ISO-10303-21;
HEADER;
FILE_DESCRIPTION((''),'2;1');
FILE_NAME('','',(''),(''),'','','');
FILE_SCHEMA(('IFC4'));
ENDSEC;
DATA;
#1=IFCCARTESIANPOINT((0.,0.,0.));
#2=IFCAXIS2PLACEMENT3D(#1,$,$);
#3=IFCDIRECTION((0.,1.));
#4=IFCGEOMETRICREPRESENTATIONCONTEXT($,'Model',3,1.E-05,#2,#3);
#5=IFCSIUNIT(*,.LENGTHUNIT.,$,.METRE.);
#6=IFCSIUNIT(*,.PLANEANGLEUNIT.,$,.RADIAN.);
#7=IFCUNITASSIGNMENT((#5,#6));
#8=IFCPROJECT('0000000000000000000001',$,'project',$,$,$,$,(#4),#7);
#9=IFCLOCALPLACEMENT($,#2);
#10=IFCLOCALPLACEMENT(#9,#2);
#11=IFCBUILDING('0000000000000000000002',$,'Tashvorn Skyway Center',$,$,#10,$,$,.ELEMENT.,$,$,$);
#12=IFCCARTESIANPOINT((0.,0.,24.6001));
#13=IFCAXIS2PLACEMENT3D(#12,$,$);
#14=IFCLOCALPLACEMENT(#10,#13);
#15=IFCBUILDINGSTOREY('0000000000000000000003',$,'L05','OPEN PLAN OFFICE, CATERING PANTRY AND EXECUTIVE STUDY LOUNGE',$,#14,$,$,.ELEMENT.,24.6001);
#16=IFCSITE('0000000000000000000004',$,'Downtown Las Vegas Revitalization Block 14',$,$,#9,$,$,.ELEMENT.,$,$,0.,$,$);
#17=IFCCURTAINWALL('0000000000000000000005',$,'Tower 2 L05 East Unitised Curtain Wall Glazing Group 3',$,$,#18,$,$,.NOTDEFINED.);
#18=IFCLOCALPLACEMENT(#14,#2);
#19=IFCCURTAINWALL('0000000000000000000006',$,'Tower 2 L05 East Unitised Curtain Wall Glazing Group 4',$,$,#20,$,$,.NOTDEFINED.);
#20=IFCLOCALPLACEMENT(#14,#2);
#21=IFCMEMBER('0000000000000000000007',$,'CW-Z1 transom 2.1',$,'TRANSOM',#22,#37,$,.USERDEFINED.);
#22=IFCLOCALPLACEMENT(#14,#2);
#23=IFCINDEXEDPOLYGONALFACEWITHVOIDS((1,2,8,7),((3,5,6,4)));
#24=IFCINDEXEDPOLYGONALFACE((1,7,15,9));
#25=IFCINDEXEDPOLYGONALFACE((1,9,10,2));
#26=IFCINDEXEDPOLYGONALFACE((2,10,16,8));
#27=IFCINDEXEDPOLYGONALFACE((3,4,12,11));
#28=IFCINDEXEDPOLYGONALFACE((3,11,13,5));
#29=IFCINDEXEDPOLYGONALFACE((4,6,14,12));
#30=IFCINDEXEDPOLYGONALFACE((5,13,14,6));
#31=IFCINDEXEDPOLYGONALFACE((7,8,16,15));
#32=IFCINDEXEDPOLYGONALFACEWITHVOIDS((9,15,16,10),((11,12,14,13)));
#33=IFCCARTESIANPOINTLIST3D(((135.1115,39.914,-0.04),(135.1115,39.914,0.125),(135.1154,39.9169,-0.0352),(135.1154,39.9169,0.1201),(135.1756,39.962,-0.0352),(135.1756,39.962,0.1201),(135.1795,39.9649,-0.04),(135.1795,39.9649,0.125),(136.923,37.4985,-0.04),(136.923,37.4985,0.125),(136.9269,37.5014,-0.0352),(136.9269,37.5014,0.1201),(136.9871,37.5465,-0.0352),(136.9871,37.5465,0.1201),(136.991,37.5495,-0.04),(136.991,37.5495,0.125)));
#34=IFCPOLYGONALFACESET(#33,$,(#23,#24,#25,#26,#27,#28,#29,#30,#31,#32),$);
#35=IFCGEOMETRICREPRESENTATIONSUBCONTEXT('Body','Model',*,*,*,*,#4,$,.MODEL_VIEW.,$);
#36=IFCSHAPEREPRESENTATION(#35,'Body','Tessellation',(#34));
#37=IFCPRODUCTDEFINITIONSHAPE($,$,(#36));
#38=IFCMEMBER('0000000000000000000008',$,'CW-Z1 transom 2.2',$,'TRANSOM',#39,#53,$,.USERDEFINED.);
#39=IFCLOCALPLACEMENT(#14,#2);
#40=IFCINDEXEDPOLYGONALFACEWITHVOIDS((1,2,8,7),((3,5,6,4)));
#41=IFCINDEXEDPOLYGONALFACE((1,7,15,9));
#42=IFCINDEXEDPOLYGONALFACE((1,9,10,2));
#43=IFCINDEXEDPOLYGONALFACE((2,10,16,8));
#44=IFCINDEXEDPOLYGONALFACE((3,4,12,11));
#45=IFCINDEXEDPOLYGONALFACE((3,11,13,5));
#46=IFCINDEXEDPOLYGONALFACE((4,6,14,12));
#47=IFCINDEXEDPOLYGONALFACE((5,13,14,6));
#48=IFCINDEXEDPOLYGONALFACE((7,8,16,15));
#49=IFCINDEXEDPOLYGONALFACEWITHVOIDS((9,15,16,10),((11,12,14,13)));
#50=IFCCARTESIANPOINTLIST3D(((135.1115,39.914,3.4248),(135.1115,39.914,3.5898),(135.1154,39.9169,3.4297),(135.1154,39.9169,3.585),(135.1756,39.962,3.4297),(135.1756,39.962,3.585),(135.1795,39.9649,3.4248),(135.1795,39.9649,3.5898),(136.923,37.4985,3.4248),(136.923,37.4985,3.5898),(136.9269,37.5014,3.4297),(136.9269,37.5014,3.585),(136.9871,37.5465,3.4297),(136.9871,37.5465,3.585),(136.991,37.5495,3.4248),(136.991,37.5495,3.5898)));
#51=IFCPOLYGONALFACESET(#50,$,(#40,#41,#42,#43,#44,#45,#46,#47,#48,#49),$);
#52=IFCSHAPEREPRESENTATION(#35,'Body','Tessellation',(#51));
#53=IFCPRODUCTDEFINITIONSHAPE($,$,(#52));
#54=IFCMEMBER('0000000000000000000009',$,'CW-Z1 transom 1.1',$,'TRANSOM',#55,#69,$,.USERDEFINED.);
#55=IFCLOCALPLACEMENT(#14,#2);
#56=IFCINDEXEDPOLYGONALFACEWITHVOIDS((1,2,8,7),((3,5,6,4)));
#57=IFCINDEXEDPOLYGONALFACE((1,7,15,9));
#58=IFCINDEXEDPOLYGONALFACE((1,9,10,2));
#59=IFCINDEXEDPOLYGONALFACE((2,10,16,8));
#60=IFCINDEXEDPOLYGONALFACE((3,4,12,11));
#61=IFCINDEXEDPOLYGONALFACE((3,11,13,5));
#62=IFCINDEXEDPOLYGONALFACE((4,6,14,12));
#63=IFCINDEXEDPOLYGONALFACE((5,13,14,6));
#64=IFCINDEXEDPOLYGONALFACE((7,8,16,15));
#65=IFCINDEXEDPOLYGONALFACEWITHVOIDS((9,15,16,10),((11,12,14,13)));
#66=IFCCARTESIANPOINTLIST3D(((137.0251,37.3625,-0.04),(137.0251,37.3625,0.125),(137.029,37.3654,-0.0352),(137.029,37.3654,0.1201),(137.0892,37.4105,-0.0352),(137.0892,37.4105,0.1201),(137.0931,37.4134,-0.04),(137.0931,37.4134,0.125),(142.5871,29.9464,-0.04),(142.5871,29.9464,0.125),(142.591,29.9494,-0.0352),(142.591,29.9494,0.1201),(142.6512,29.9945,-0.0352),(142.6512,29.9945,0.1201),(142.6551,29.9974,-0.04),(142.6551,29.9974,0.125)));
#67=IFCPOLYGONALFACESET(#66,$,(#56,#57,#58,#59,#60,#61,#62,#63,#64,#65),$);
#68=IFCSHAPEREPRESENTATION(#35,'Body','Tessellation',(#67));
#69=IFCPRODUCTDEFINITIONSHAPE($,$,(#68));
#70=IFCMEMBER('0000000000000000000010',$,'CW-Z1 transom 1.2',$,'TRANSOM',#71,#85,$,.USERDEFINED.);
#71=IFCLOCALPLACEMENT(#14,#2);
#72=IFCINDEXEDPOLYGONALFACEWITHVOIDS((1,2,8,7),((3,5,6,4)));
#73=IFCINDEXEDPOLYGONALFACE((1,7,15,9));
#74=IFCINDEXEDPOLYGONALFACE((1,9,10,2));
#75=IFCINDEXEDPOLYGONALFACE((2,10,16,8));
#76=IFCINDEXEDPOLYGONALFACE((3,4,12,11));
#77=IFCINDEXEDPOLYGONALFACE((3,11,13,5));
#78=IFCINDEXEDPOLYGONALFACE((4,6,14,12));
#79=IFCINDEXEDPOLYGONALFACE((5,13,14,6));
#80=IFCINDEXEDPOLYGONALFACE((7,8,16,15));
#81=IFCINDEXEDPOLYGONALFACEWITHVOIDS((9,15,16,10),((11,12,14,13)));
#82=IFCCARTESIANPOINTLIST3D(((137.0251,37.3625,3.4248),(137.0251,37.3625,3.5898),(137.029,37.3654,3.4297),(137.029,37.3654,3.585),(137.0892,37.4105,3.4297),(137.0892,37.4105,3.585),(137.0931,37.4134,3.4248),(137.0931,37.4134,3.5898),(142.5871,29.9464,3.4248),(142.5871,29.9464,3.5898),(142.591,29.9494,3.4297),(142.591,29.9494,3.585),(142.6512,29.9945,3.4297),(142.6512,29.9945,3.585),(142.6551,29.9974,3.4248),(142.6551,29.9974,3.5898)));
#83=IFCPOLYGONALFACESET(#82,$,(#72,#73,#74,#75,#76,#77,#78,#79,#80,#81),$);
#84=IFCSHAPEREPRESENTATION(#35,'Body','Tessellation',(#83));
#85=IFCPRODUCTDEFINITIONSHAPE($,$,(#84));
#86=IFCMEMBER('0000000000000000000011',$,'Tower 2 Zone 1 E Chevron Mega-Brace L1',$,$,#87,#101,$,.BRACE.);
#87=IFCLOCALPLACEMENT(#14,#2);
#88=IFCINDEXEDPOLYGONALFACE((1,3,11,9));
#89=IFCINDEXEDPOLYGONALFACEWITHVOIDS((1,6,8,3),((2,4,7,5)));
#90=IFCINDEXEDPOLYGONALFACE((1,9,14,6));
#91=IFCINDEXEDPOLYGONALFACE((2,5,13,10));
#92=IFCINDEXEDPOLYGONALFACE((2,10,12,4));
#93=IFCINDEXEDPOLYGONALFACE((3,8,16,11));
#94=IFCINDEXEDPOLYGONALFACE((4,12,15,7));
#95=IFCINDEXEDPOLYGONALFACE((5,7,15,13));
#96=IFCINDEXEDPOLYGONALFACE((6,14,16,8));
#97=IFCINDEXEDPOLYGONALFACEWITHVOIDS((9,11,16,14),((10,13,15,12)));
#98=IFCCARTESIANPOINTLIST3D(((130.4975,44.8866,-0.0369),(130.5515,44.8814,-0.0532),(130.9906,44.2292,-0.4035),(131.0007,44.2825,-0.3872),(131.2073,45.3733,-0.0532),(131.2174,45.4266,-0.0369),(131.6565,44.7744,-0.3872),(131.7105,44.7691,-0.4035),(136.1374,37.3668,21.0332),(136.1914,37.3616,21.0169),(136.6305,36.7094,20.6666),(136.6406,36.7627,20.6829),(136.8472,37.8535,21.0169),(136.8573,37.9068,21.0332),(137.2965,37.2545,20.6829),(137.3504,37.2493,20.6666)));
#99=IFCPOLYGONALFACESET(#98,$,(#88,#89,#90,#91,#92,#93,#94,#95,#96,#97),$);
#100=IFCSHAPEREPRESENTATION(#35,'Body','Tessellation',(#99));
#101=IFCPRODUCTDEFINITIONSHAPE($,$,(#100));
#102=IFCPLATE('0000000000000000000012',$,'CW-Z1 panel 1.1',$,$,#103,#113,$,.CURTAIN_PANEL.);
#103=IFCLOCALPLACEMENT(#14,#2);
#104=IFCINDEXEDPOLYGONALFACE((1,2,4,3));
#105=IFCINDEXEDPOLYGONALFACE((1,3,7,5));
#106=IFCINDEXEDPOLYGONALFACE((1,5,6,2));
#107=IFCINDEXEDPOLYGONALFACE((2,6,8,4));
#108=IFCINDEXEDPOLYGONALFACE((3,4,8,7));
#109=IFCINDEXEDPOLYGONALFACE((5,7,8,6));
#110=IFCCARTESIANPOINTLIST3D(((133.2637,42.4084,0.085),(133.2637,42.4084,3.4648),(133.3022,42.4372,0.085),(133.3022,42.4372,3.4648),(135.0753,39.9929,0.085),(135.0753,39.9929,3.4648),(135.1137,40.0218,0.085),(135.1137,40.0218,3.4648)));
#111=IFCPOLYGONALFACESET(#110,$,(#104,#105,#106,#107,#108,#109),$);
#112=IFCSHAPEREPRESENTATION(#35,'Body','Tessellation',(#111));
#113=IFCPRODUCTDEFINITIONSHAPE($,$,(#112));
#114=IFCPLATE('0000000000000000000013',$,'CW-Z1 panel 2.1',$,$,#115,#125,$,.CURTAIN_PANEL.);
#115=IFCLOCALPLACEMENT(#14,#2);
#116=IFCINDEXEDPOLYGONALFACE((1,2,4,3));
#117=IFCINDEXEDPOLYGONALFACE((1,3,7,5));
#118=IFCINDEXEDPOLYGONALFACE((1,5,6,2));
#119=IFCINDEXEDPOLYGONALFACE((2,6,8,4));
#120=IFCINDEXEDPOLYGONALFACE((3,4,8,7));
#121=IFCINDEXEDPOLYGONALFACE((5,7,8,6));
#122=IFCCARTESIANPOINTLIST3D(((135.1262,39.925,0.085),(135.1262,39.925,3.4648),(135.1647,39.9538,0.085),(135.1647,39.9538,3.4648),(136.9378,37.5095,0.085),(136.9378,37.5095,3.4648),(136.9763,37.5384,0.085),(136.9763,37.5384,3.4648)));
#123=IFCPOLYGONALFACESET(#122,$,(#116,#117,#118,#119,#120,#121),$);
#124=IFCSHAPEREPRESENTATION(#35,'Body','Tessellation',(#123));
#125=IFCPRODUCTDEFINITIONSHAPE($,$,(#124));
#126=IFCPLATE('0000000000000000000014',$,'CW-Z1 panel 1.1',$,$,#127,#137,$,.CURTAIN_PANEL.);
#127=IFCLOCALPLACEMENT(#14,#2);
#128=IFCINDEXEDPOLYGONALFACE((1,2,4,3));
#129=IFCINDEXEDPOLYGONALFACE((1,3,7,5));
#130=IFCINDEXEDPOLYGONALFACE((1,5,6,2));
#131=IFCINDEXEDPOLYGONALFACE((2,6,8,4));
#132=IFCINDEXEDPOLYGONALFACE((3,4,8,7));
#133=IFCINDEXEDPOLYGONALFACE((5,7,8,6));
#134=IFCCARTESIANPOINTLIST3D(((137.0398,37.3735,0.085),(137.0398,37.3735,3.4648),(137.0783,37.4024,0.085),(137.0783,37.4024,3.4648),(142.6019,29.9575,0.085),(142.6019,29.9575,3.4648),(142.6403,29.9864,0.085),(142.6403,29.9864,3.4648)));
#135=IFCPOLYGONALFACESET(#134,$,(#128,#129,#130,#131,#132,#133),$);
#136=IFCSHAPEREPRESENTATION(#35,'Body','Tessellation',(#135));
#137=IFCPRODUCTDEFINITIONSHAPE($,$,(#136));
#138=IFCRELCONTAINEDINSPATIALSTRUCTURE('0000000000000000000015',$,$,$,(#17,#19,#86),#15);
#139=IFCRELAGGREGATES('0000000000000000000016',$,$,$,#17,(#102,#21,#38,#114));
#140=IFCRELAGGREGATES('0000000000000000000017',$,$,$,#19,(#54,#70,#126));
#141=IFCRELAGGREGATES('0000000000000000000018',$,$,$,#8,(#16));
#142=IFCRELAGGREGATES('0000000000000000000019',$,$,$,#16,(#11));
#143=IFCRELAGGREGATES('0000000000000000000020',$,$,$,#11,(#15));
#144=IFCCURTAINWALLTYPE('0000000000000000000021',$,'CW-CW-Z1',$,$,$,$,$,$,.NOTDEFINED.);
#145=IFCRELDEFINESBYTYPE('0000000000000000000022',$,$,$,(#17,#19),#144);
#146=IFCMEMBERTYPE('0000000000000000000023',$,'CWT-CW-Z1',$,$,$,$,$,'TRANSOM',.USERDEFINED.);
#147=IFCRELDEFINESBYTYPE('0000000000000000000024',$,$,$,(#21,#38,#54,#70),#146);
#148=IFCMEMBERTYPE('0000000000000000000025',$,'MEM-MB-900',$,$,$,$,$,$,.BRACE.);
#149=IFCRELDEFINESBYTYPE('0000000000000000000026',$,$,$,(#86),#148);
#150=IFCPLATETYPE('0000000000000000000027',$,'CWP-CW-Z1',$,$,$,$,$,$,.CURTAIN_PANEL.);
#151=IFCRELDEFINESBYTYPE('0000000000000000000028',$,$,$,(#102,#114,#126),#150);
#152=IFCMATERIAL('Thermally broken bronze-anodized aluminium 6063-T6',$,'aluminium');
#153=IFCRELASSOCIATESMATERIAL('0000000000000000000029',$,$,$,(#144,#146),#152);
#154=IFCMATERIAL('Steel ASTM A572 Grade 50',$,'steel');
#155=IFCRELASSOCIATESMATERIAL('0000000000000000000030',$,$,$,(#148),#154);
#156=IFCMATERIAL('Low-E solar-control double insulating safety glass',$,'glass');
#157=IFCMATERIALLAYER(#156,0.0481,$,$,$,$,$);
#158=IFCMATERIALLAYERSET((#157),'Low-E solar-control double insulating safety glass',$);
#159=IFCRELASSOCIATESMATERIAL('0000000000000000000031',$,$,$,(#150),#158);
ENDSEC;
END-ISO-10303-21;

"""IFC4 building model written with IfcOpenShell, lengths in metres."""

from ifc_helpers import new_model, si_unit, direction, frame, origin, origin_2d, place, context, subcontext, project, spatial, rectangle, hollow_rectangle, extrude, material, layer, layer_set, material_profile, profile_set, type_object, element, aggregate, save


model = new_model("IFC4")

# Units and contexts
model_context = context("Model", 3, precision=1e-05, world=origin(), true_north=direction((0.0, 1.0)))
body_context = subcontext(model_context, "Body", "Model", "MODEL_VIEW")
ifc_project = project(units=[si_unit("LENGTHUNIT", "METRE"), si_unit("PLANEANGLEUNIT", "RADIAN")], contexts=[model_context])

# Site, building, storey
site_placement = place(None, origin())
site = spatial("IfcSite", under=ifc_project, at=site_placement, Name="Downtown Las Vegas Revitalization Block 14", CompositionType="ELEMENT", RefElevation=0.0)
building_placement = place(site_placement, origin())
building = spatial("IfcBuilding", under=site, at=building_placement, Name="Tashvorn Skyway Center", CompositionType="ELEMENT")
storey_placement = place(building_placement, frame((0.0, 0.0, 24.6001)))
storey = spatial("IfcBuildingStorey", under=building, at=storey_placement, Name="L05", Description="OPEN PLAN OFFICE, CATERING PANTRY AND EXECUTIVE STUDY LOUNGE", CompositionType="ELEMENT", Elevation=24.6001)

# Shared definitions
ifc_material_1 = material(Name="Steel ASTM A572 Grade 50", Category="steel")

# Curtain wall
ifc_material_2 = material(Name="Thermally broken bronze-anodized aluminium 6063-T6", Category="aluminium")
curtain_wall_type = type_object("IfcCurtainWallType", Name="CW-CW-Z1", PredefinedType="NOTDEFINED", material=ifc_material_2)
curtain_wall_1_placement = place(storey_placement, origin())
curtain_wall_1 = element("IfcCurtainWall", 1, at=curtain_wall_1_placement, inside=storey, type_object=curtain_wall_type, Name="Tower 2 L05 East Unitised Curtain Wall Glazing Group 3", PredefinedType="NOTDEFINED")

# Curtain wall
curtain_wall_2_placement = place(storey_placement, origin())
curtain_wall_2 = element("IfcCurtainWall", 2, at=curtain_wall_2_placement, inside=storey, type_object=curtain_wall_type, Name="Tower 2 L05 East Unitised Curtain Wall Glazing Group 4", PredefinedType="NOTDEFINED")

# Members
ifc_material_profile_1 = material_profile(ifc_material_2, hollow_rectangle(XDim=0.085, YDim=0.165, WallThickness=0.0049, at=origin_2d()), Name="ALU-TRAN-85x165")
ifc_profile_set_1 = profile_set([ifc_material_profile_1], Name="Thermally broken bronze-anodized aluminium 6063-T6")
member_type_1 = type_object("IfcMemberType", Name="CWT-CW-Z1", ElementType="TRANSOM", PredefinedType="USERDEFINED", material=ifc_profile_set_1)
member_1_placement = place(storey_placement, frame((135.1455, 39.9395, 0.0425), z_axis=(0.599974, -0.800019, 0.0), x_axis=(0.800019, 0.599974, 0.0)))
member_1 = element("IfcMember", 3, at=member_1_placement, type_object=member_type_1, Name="CW-Z1 transom 2.1", ObjectType="TRANSOM", PredefinedType="USERDEFINED", context=body_context, shape_type="SweptSolid", body=[
    extrude(hollow_rectangle(XDim=0.085, YDim=0.165, WallThickness=0.0049, at=origin_2d()), origin(), (0.0, 0.0, 1.0), 3.0193),
])
member_2_placement = place(storey_placement, frame((135.1455, 39.9395, 3.5073), z_axis=(0.599974, -0.800019, 0.0), x_axis=(0.800019, 0.599974, 0.0)))
member_2 = element("IfcMember", 4, at=member_2_placement, type_object=member_type_1, Name="CW-Z1 transom 2.2", ObjectType="TRANSOM", PredefinedType="USERDEFINED", context=body_context, shape_type="SweptSolid", body=[
    extrude(hollow_rectangle(XDim=0.085, YDim=0.165, WallThickness=0.0049, at=origin_2d()), origin(), (0.0, 0.0, 1.0), 3.0193),
])
member_3_placement = place(storey_placement, frame((137.0591, 37.3879, 0.0425), z_axis=(0.6, -0.8, 0.0), x_axis=(0.8, 0.6, 0.0)))
member_3 = element("IfcMember", 5, at=member_3_placement, type_object=member_type_1, Name="CW-Z1 transom 1.1", ObjectType="TRANSOM", PredefinedType="USERDEFINED", context=body_context, shape_type="SweptSolid", body=[
    extrude(hollow_rectangle(XDim=0.085, YDim=0.165, WallThickness=0.0049, at=origin_2d()), origin(), (0.0, 0.0, 1.0), 9.27),
])
member_4_placement = place(storey_placement, frame((137.0591, 37.3879, 3.5073), z_axis=(0.6, -0.8, 0.0), x_axis=(0.8, 0.6, 0.0)))
member_4 = element("IfcMember", 6, at=member_4_placement, type_object=member_type_1, Name="CW-Z1 transom 1.2", ObjectType="TRANSOM", PredefinedType="USERDEFINED", context=body_context, shape_type="SweptSolid", body=[
    extrude(hollow_rectangle(XDim=0.085, YDim=0.165, WallThickness=0.0049, at=origin_2d()), origin(), (0.0, 0.0, 1.0), 9.27),
])
ifc_material_profile_2 = material_profile(ifc_material_1, hollow_rectangle(XDim=0.8999, YDim=0.8999, WallThickness=0.04, at=origin_2d()), Name="BOX900x900x40")
ifc_profile_set_2 = profile_set([ifc_material_profile_2], Name="Steel ASTM A572 Grade 50")
member_type_2 = type_object("IfcMemberType", Name="MEM-MB-900", PredefinedType="BRACE", material=ifc_profile_set_2)
member_5_placement = place(storey_placement, frame((131.104, 44.8279, -0.2202), z_axis=(0.244451, -0.325931, 0.913243), x_axis=(0.799997, 0.600004, 0.0)))
element("IfcMember", 7, at=member_5_placement, inside=storey, type_object=member_type_2, Name="Tower 2 Zone 1 E Chevron Mega-Brace L1", PredefinedType="BRACE", context=body_context, shape_type="SweptSolid", body=[
    extrude(hollow_rectangle(XDim=0.8999, YDim=0.8999, WallThickness=0.04, at=origin_2d()), origin(), (0.0, 0.0, 1.0), 23.0718),
])

# Plates
ifc_material_3 = material(Name="Low-E solar-control double insulating safety glass", Category="glass")
ifc_layer_1 = layer(ifc_material_3, 0.0481)
ifc_layer_set_1 = layer_set([ifc_layer_1], Name="Low-E solar-control double insulating safety glass")
plate_type = type_object("IfcPlateType", Name="CWP-CW-Z1", PredefinedType="CURTAIN_PANEL", material=ifc_layer_set_1)
plate_1_placement = place(storey_placement, frame((134.1887, 41.2151, 0.085), z_axis=(0.0, 0.0, 1.0), x_axis=(0.599997, -0.800002, 0.0)))
plate_1 = element("IfcPlate", 8, at=plate_1_placement, type_object=plate_type, Name="CW-Z1 panel 1.1", PredefinedType="CURTAIN_PANEL", context=body_context, shape_type="SweptSolid", body=[
    extrude(rectangle(XDim=3.0193, YDim=0.0481, at=origin_2d()), origin(), (0.0, 0.0, 1.0), 3.3799),
])
plate_2_placement = place(storey_placement, frame((136.0513, 38.7317, 0.085), z_axis=(0.0, 0.0, 1.0), x_axis=(0.599997, -0.800002, 0.0)))
plate_2 = element("IfcPlate", 9, at=plate_2_placement, type_object=plate_type, Name="CW-Z1 panel 2.1", PredefinedType="CURTAIN_PANEL", context=body_context, shape_type="SweptSolid", body=[
    extrude(rectangle(XDim=3.0193, YDim=0.0481, at=origin_2d()), origin(), (0.0, 0.0, 1.0), 3.3799),
])
aggregate(curtain_wall_1, [plate_1, member_1, member_2, plate_2])
plate_3_placement = place(storey_placement, frame((139.8401, 33.6799, 0.085), z_axis=(0.0, 0.0, 1.0), x_axis=(0.6, -0.8, 0.0)))
plate_3 = element("IfcPlate", 10, at=plate_3_placement, type_object=plate_type, Name="CW-Z1 panel 1.1", PredefinedType="CURTAIN_PANEL", context=body_context, shape_type="SweptSolid", body=[
    extrude(rectangle(XDim=9.27, YDim=0.0481, at=origin_2d()), origin(), (0.0, 0.0, 1.0), 3.3799),
])
aggregate(curtain_wall_2, [member_3, member_4, plate_3])

save(model, "model.ifc")
